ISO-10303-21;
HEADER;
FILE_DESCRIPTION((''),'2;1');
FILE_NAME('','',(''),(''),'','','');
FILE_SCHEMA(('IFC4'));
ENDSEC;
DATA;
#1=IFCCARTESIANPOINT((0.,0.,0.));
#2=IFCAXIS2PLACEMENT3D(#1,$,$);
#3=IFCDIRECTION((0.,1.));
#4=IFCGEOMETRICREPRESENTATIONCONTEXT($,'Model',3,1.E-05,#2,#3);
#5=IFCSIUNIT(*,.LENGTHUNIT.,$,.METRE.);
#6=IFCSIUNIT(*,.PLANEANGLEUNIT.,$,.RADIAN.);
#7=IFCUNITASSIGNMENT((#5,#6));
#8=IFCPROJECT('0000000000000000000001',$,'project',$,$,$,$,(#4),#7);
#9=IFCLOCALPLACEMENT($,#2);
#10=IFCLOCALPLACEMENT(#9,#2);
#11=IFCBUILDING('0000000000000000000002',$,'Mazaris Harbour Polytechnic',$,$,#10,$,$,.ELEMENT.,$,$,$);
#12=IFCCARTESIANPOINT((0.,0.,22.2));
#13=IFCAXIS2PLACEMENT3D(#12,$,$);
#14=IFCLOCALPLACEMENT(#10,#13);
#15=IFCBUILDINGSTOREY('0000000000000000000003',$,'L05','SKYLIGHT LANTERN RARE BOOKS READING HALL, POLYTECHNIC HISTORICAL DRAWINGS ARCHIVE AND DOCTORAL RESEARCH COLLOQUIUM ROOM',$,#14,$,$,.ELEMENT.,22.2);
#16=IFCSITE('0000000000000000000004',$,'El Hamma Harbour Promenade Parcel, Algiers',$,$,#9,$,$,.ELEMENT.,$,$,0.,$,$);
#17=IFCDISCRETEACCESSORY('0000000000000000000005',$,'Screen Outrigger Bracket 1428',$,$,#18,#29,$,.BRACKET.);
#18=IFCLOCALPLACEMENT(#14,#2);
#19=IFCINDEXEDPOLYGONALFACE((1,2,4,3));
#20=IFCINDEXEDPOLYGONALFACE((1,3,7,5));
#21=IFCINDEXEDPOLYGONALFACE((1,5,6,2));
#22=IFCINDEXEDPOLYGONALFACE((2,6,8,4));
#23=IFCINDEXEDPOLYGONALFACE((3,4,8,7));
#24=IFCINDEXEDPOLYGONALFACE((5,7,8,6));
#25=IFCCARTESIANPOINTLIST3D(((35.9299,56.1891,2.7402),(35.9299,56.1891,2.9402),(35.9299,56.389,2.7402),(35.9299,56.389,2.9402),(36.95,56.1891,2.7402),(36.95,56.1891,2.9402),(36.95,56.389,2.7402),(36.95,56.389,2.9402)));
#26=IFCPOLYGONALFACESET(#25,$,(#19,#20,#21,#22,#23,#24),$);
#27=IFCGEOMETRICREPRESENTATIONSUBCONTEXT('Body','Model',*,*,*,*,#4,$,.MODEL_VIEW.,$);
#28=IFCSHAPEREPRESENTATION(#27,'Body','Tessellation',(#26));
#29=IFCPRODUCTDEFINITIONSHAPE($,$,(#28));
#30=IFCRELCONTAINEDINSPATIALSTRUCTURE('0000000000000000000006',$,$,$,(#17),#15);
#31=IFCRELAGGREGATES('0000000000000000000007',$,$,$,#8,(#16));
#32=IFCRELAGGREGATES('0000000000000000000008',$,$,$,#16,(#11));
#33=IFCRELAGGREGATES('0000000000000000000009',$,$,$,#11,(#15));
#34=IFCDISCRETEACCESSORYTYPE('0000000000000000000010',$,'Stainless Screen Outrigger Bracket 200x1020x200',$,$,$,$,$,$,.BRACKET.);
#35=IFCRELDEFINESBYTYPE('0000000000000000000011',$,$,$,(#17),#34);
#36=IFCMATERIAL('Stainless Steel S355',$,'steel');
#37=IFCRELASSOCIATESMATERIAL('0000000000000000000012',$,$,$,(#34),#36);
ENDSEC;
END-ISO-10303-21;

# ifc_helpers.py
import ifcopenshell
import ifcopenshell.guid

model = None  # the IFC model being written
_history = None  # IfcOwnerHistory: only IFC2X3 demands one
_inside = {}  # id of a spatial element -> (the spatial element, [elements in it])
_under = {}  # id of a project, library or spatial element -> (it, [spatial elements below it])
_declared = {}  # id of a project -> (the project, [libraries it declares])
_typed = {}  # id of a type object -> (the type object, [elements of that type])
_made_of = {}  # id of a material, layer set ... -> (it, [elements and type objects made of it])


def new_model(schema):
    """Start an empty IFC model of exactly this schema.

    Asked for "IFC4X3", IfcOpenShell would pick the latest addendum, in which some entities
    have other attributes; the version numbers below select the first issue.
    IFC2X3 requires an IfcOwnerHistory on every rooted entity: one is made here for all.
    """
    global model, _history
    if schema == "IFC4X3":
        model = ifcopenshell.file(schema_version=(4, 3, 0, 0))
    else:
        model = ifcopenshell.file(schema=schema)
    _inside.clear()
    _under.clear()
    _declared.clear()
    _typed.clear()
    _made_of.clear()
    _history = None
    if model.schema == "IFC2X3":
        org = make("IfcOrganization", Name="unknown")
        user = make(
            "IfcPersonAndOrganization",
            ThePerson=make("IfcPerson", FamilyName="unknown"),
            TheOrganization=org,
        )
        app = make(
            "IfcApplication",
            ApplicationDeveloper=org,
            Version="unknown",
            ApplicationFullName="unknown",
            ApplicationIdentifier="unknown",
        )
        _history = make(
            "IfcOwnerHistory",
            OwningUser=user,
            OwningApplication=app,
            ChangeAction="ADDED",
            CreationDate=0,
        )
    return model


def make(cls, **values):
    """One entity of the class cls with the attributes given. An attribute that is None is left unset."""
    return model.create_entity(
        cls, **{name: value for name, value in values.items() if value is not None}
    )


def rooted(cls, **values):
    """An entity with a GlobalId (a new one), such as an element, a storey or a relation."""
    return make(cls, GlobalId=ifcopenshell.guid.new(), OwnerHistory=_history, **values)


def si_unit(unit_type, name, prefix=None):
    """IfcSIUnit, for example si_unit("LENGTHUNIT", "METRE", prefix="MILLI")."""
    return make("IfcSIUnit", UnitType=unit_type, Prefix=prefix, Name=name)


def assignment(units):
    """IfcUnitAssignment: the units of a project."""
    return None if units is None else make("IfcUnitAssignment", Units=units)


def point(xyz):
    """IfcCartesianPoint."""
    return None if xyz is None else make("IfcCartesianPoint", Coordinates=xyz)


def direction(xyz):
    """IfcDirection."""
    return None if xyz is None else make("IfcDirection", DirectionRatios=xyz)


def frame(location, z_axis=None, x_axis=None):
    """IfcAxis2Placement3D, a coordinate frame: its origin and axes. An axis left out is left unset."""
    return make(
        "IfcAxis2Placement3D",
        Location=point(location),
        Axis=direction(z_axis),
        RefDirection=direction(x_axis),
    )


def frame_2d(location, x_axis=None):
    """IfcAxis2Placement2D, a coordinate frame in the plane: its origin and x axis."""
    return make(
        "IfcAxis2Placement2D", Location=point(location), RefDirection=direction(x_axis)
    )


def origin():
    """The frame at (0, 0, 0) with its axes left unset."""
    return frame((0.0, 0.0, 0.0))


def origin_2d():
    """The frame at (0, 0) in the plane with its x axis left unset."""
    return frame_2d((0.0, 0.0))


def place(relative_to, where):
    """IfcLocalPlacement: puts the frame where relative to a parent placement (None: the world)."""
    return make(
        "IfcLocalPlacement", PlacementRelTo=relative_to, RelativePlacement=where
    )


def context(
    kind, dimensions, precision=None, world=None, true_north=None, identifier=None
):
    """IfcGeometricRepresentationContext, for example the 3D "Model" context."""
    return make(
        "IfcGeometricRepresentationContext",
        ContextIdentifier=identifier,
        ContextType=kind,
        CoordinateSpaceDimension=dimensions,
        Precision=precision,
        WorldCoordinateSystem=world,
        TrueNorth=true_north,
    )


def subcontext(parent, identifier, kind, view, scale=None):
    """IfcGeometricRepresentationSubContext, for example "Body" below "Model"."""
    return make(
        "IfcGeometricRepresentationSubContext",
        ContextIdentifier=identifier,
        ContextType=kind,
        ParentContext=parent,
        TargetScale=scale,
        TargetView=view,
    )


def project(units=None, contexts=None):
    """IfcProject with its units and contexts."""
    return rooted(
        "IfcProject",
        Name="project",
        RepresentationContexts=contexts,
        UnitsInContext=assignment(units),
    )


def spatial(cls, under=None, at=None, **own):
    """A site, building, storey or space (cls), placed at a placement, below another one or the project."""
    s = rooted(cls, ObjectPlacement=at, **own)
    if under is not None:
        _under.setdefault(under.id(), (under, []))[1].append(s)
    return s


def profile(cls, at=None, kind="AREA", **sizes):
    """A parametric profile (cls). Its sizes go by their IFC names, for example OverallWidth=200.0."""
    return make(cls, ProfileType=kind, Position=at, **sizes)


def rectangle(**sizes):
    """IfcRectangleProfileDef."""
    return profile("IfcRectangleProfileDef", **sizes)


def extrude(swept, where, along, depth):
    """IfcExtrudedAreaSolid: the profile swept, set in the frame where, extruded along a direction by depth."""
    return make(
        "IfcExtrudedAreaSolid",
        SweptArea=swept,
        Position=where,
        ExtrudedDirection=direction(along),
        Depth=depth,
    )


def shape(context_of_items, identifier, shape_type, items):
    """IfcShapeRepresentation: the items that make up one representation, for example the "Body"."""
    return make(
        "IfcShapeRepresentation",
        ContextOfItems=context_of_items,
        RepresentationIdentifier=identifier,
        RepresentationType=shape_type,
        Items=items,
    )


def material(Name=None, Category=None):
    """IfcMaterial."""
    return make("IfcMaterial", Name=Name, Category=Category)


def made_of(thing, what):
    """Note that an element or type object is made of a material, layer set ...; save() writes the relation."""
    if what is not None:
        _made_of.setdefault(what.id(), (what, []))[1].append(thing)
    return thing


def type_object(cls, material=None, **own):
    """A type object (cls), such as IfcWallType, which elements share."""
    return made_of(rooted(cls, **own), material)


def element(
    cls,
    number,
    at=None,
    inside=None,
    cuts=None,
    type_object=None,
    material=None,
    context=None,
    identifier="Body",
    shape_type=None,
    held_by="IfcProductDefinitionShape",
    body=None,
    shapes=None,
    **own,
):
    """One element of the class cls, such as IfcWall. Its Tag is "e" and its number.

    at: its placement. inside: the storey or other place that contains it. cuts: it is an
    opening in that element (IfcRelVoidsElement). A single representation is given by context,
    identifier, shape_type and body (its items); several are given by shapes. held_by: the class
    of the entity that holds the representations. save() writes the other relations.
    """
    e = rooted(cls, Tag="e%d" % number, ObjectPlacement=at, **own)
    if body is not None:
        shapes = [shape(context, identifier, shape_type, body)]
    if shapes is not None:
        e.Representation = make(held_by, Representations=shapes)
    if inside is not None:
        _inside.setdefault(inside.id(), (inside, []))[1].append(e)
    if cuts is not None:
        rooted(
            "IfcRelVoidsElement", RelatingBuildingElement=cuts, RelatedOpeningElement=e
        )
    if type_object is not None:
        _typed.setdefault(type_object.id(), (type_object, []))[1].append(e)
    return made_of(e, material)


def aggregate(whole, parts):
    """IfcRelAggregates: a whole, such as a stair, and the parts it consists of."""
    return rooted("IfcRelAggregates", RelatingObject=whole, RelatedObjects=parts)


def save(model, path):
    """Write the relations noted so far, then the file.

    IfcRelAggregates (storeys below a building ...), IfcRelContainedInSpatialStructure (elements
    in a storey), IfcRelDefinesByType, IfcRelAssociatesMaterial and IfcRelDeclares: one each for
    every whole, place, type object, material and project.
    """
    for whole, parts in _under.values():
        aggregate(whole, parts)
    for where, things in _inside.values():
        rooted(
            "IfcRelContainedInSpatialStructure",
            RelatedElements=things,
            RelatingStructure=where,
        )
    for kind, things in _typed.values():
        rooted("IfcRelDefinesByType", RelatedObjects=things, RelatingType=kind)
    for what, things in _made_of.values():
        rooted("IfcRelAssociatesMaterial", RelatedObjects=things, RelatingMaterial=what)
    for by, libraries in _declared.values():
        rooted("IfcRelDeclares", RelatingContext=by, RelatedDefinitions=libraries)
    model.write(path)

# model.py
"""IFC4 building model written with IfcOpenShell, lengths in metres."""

from ifc_helpers import new_model, si_unit, direction, frame, origin, origin_2d, place, context, subcontext, project, spatial, rectangle, extrude, material, type_object, element, save


model = new_model("IFC4")

# Units and contexts
model_context = context("Model", 3, precision=1e-05, world=origin(), true_north=direction((0.0, 1.0)))
body_context = subcontext(model_context, "Body", "Model", "MODEL_VIEW")
ifc_project = project(units=[si_unit("LENGTHUNIT", "METRE"), si_unit("PLANEANGLEUNIT", "RADIAN")], contexts=[model_context])

# Site, building, storey
site_placement = place(None, origin())
site = spatial("IfcSite", under=ifc_project, at=site_placement, Name="El Hamma Harbour Promenade Parcel, Algiers", CompositionType="ELEMENT", RefElevation=0.0)
building_placement = place(site_placement, origin())
building = spatial("IfcBuilding", under=site, at=building_placement, Name="Mazaris Harbour Polytechnic", CompositionType="ELEMENT")
storey_placement = place(building_placement, frame((0.0, 0.0, 22.2)))
storey = spatial("IfcBuildingStorey", under=building, at=storey_placement, Name="L05", Description="SKYLIGHT LANTERN RARE BOOKS READING HALL, POLYTECHNIC HISTORICAL DRAWINGS ARCHIVE AND DOCTORAL RESEARCH COLLOQUIUM ROOM", CompositionType="ELEMENT", Elevation=22.2)

# Discrete accessory
ifc_material_1 = material(Name="Stainless Steel S355", Category="steel")
discrete_accessory_type = type_object("IfcDiscreteAccessoryType", Name="Stainless Screen Outrigger Bracket 200x1020x200", PredefinedType="BRACKET", material=ifc_material_1)
for number, where, z_axis, x_axis, name in (
    (1, (36.4399, 56.2891, 2.7402), (0.0, 0.0, 1.0), (0.0, -1.0, 0.0), "Screen Outrigger Bracket 1428"),
):
    element("IfcDiscreteAccessory", number, at=place(storey_placement, frame(where, z_axis=z_axis, x_axis=x_axis)), inside=storey, type_object=discrete_accessory_type, Name=name, PredefinedType="BRACKET", context=body_context, shape_type="SweptSolid", body=[
        extrude(rectangle(XDim=0.2, YDim=1.02, at=origin_2d()), origin(), (0.0, 0.0, 1.0), 0.2),
    ])

save(model, "model.ifc")
